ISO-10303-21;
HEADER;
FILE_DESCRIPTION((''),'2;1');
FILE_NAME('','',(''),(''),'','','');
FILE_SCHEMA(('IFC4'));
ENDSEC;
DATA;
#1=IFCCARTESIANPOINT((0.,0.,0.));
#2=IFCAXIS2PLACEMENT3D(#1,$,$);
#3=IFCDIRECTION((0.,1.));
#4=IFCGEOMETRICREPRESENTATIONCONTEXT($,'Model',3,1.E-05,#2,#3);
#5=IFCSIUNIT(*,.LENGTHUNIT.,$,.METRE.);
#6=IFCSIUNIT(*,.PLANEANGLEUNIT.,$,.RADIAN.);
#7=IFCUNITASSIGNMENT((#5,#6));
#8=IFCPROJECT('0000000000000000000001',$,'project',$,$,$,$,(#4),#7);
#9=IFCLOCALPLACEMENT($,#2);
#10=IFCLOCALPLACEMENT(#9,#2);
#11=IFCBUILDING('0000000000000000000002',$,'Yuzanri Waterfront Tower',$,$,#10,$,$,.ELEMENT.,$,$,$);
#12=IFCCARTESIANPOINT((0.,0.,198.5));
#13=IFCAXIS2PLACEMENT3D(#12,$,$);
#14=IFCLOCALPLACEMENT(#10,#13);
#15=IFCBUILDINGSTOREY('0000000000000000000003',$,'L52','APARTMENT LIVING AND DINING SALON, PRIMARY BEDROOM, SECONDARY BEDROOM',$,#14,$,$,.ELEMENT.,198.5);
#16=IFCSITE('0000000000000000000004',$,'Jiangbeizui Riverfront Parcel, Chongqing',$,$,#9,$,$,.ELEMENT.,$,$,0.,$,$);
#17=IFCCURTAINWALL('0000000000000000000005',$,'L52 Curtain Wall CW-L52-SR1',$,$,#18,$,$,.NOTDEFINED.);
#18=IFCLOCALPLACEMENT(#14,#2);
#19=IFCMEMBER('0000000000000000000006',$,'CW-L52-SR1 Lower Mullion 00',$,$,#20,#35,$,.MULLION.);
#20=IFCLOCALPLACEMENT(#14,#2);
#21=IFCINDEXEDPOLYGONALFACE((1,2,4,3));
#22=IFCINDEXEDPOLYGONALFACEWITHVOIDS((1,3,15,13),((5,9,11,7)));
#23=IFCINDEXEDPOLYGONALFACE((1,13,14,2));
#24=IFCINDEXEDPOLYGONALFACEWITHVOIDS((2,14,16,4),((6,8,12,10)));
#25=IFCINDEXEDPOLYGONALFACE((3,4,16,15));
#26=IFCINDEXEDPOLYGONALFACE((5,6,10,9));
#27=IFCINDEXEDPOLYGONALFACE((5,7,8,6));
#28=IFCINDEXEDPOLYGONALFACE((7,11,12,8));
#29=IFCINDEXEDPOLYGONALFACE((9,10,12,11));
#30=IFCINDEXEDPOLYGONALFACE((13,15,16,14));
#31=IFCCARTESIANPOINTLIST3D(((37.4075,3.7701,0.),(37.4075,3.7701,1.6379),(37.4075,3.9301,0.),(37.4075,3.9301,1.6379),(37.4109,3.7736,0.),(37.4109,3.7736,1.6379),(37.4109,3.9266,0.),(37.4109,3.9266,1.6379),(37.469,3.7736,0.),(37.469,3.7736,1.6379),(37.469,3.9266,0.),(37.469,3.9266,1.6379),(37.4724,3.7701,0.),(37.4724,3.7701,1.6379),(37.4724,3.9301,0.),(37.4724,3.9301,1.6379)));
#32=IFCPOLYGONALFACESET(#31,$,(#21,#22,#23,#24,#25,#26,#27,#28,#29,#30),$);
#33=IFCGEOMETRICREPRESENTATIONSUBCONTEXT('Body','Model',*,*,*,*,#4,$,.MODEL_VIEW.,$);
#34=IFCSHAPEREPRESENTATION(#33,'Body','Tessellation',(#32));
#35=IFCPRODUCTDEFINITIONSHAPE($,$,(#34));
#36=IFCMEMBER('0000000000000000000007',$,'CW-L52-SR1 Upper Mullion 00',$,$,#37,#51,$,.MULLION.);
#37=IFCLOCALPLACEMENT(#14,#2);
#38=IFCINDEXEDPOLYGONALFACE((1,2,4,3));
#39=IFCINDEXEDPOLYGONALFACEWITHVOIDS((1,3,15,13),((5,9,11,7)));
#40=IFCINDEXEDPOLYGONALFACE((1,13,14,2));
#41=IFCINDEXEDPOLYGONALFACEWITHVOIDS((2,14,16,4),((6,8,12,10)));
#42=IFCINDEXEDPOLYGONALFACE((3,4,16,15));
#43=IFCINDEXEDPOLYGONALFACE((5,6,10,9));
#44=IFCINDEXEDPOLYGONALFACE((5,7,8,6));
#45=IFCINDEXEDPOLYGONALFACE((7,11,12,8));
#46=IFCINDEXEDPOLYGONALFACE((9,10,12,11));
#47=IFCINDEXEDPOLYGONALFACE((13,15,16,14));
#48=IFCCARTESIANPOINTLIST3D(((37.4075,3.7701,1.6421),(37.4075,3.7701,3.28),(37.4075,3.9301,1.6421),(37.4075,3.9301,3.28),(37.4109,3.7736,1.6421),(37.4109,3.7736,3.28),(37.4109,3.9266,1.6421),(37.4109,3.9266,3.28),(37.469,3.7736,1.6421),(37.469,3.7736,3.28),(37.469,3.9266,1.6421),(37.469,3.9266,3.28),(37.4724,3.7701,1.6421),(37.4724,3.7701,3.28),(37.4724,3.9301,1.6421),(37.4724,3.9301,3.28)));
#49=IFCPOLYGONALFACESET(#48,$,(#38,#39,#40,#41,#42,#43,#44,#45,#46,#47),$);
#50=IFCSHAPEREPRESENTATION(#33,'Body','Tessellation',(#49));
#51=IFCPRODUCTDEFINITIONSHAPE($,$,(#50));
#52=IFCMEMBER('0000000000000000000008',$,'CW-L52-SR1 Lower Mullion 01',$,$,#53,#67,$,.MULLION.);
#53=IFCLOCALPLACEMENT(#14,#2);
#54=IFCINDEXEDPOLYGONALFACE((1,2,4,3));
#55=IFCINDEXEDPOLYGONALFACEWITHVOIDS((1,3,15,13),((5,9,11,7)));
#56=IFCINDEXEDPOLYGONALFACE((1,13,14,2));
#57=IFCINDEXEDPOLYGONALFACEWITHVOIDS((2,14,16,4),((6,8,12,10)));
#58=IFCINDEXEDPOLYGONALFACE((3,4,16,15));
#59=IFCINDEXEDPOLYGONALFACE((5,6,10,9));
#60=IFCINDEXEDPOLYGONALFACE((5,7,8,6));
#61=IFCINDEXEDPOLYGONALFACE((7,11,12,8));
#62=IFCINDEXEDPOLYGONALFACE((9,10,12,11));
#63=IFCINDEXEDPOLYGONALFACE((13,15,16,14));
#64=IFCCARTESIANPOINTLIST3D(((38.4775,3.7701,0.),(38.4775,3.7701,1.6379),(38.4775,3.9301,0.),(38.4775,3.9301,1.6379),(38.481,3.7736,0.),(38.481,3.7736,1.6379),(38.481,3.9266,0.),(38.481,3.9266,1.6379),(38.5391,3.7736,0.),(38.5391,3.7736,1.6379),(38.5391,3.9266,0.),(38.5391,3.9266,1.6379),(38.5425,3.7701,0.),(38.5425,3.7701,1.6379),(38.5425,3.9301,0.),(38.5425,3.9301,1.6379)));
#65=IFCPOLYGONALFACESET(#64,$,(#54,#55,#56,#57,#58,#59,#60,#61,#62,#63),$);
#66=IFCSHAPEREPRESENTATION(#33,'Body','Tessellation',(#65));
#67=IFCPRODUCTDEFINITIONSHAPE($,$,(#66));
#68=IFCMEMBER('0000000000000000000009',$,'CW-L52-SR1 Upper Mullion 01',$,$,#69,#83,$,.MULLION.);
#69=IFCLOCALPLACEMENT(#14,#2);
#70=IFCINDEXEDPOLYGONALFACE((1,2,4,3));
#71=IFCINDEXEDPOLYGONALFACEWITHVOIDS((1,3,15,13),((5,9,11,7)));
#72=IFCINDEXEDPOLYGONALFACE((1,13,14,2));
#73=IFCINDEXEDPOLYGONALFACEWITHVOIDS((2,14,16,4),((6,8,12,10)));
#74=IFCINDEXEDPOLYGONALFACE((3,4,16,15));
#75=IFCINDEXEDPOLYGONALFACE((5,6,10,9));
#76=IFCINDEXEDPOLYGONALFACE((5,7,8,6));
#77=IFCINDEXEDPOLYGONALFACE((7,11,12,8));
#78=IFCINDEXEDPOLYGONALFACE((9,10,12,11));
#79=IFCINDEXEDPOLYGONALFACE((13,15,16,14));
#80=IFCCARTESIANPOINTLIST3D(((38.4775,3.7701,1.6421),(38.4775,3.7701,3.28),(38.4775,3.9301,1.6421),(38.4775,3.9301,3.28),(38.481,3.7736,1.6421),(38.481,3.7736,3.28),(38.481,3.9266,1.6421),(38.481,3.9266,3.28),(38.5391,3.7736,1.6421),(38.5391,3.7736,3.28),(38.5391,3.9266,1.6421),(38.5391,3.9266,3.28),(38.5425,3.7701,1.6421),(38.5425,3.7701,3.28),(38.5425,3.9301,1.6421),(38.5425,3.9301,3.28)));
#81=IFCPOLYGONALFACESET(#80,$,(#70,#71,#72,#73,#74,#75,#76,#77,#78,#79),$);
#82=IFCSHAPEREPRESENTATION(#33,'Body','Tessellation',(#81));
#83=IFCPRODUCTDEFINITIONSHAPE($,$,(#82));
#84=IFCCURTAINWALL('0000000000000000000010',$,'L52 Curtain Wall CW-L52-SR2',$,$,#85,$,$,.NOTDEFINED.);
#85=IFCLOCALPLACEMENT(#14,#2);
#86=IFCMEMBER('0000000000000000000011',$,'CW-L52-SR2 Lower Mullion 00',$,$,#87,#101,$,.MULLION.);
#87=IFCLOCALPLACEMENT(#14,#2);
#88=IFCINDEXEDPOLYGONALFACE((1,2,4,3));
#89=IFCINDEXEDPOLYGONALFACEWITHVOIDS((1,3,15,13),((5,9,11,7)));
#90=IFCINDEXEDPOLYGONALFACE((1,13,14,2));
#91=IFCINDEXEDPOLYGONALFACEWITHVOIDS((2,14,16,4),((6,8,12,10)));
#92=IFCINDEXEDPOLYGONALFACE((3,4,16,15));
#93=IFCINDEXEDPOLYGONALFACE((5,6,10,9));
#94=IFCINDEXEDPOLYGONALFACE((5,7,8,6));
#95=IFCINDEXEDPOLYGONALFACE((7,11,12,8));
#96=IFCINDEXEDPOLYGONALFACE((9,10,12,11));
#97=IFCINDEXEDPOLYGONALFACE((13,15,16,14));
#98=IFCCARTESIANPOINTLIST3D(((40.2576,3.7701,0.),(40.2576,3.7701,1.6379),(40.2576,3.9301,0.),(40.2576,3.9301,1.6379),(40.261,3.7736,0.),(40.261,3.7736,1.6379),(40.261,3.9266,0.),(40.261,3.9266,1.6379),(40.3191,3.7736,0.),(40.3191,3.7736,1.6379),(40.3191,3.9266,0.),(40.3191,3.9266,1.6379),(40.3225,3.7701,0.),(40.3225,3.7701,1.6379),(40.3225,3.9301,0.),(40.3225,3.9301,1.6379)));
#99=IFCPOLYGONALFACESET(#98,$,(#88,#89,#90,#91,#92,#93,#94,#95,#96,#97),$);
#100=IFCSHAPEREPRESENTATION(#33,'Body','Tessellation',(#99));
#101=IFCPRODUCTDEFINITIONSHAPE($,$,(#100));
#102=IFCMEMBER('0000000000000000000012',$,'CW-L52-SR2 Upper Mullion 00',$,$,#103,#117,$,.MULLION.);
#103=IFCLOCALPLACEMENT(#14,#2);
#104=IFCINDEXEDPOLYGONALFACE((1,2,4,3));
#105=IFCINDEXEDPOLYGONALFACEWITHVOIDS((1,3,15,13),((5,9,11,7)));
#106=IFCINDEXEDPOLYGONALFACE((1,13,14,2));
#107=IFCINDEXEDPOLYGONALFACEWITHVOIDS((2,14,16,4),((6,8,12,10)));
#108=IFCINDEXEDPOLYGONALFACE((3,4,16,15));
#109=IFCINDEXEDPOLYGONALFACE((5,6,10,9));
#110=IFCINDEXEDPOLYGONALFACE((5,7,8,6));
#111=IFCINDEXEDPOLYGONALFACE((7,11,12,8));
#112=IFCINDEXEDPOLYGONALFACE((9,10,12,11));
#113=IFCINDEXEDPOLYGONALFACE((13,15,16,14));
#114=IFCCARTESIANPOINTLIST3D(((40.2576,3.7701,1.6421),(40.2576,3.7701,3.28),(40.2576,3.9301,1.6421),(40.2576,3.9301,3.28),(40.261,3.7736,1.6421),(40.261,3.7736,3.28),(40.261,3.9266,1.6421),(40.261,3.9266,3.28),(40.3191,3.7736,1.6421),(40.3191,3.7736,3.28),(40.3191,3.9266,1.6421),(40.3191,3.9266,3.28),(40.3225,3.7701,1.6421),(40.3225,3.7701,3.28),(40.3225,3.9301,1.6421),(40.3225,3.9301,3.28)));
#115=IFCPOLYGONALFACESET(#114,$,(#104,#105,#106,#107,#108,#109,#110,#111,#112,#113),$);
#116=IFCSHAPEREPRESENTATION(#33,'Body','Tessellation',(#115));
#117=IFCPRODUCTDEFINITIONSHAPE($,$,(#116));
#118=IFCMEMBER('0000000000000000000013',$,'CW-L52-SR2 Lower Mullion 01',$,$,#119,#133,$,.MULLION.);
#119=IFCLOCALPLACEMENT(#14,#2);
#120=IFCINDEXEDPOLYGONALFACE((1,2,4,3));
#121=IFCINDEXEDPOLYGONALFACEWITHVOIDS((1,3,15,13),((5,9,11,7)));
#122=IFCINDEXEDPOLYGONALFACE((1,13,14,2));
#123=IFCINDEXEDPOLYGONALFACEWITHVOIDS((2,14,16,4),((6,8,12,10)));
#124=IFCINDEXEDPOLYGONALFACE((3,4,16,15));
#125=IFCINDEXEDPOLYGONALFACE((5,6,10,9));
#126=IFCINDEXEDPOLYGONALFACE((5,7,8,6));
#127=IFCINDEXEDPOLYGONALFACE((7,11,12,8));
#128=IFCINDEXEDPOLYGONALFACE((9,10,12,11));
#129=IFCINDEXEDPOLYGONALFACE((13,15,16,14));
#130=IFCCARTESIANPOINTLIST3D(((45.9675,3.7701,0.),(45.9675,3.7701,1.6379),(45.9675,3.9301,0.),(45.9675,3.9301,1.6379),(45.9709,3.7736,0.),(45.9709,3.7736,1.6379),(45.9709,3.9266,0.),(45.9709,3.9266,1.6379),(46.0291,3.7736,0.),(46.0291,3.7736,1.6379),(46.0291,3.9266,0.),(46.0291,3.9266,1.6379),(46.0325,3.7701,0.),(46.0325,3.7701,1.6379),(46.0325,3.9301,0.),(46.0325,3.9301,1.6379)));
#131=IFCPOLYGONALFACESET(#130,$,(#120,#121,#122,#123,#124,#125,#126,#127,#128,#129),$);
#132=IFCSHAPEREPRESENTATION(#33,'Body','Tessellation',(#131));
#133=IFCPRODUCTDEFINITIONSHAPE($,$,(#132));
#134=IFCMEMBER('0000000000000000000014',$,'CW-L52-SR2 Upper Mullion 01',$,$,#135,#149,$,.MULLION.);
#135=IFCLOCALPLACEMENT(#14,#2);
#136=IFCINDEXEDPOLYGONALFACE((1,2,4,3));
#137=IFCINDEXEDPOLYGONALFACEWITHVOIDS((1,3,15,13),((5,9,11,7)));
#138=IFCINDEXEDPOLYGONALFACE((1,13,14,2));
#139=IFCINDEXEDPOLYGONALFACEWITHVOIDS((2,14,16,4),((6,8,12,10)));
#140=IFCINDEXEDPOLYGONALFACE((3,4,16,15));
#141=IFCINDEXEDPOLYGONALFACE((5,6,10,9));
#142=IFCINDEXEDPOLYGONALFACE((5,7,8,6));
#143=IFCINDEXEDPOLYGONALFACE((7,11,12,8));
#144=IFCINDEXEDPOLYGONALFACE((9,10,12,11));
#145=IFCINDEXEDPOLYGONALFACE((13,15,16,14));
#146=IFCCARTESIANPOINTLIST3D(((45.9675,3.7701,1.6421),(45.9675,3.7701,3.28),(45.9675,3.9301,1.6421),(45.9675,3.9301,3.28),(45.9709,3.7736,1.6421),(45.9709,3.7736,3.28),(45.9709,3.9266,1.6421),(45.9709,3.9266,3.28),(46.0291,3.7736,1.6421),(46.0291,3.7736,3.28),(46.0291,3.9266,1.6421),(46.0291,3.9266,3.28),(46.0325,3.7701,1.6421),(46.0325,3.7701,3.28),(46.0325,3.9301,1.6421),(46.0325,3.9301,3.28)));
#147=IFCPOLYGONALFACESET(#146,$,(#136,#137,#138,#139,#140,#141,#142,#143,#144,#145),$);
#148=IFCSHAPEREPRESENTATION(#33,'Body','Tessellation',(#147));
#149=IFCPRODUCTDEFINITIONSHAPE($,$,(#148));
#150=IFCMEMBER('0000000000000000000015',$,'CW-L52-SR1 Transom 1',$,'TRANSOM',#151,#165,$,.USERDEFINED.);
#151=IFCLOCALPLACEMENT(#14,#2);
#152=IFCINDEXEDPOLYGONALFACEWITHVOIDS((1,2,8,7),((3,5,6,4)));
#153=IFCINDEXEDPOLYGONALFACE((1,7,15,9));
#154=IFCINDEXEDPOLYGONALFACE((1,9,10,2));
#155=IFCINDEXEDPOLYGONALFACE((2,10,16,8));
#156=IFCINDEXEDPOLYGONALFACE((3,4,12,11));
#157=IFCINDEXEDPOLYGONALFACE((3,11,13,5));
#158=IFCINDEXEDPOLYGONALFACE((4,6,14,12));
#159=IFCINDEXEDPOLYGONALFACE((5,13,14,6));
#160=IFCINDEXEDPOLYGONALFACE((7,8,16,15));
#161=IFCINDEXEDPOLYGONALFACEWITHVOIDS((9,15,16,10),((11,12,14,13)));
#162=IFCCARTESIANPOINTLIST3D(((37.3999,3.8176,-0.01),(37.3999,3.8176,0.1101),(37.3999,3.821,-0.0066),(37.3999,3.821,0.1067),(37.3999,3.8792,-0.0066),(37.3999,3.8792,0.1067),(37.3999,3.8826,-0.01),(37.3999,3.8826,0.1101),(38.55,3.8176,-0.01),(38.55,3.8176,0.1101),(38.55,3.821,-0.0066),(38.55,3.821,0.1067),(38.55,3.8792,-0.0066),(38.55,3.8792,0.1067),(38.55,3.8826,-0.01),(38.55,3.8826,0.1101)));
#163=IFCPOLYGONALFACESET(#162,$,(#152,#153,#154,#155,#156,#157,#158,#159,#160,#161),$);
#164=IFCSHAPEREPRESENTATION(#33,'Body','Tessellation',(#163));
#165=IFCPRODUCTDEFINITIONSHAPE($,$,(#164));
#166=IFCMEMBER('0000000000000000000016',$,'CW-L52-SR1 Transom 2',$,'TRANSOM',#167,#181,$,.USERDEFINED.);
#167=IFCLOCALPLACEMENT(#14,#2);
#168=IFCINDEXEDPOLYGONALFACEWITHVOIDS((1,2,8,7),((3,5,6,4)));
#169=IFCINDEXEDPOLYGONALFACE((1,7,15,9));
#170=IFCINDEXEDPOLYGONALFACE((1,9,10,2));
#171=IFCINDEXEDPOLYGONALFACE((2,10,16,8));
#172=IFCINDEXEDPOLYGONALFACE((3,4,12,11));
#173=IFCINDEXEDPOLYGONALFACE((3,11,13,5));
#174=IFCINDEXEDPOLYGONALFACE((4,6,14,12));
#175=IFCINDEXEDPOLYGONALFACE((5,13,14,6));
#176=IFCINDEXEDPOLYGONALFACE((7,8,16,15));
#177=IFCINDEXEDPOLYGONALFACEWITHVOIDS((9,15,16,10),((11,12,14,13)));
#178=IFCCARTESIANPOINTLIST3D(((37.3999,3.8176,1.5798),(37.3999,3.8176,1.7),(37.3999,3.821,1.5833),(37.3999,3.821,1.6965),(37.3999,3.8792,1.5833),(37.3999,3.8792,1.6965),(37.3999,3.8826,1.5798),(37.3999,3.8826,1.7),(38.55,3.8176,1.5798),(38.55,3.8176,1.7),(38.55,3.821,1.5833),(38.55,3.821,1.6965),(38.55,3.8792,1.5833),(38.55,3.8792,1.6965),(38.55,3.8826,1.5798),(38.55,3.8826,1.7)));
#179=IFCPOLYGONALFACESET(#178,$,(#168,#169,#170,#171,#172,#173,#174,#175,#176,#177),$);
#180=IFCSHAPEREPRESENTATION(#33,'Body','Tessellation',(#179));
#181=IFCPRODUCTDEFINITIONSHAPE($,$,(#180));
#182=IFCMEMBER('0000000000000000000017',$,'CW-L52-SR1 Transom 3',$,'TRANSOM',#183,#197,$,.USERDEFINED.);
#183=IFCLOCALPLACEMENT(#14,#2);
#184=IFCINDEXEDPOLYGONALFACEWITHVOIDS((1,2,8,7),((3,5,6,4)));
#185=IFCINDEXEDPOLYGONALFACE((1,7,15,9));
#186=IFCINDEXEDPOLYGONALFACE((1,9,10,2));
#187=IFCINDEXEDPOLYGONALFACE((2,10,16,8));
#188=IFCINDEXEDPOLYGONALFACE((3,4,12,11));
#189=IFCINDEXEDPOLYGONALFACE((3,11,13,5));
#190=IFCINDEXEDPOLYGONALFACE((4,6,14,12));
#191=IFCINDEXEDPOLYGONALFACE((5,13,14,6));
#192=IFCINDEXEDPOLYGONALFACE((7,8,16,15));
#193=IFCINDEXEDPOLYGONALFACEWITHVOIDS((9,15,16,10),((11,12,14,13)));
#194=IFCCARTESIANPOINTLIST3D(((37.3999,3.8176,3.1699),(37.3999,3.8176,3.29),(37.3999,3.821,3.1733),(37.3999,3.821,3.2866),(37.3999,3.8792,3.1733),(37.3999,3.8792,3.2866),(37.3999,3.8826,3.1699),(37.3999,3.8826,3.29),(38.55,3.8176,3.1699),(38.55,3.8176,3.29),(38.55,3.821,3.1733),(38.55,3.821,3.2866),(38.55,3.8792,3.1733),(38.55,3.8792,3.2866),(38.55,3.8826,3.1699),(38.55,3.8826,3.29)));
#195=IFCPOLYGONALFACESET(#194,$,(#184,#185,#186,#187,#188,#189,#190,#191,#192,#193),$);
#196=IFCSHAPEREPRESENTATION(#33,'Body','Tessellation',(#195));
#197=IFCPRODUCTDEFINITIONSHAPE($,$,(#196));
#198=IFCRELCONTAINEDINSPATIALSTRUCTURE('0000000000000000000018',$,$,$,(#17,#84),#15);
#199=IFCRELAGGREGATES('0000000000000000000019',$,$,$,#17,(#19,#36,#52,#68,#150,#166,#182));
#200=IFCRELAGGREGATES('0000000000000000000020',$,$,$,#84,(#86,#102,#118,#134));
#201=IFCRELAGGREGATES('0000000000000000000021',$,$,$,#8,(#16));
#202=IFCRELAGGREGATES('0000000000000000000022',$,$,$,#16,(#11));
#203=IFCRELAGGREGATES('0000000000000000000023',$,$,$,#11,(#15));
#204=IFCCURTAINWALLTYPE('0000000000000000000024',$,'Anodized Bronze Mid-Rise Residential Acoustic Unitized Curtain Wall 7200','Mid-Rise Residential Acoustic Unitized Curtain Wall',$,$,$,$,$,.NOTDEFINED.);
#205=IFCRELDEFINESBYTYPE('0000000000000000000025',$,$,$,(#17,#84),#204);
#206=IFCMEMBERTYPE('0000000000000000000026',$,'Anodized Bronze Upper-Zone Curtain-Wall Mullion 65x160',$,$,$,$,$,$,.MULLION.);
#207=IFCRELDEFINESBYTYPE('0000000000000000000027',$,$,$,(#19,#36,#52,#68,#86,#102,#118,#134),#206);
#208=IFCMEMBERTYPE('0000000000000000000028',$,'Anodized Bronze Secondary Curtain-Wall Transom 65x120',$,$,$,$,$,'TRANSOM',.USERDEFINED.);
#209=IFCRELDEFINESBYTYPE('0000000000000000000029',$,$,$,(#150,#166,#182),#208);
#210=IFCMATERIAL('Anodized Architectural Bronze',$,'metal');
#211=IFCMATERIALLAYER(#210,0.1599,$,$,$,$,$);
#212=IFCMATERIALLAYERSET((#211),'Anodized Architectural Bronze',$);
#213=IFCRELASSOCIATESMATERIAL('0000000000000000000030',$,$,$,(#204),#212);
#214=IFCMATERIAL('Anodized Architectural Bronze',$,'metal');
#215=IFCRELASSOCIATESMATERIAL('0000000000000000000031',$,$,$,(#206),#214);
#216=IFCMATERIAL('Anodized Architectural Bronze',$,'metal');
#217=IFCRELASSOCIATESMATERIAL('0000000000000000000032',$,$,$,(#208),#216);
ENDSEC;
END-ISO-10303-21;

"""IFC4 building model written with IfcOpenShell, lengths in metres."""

from ifc_helpers import new_model, si_unit, direction, frame, origin, origin_2d, place, context, subcontext, project, spatial, hollow_rectangle, extrude, source, transform, mapped, material, layer, layer_set, material_profile, profile_set, type_object, element, aggregate, save


model = new_model("IFC4")

# Units and contexts
model_context = context("Model", 3, precision=1e-05, world=origin(), true_north=direction((0.0, 1.0)))
body_context = subcontext(model_context, "Body", "Model", "MODEL_VIEW")
ifc_project = project(units=[si_unit("LENGTHUNIT", "METRE"), si_unit("PLANEANGLEUNIT", "RADIAN")], contexts=[model_context])

# Site, building, storey
site_placement = place(None, origin())
site = spatial("IfcSite", under=ifc_project, at=site_placement, Name="Jiangbeizui Riverfront Parcel, Chongqing", CompositionType="ELEMENT", RefElevation=0.0)
building_placement = place(site_placement, origin())
building = spatial("IfcBuilding", under=site, at=building_placement, Name="Yuzanri Waterfront Tower", CompositionType="ELEMENT")
storey_placement = place(building_placement, frame((0.0, 0.0, 198.5)))
storey = spatial("IfcBuildingStorey", under=building, at=storey_placement, Name="L52", Description="APARTMENT LIVING AND DINING SALON, PRIMARY BEDROOM, SECONDARY BEDROOM", CompositionType="ELEMENT", Elevation=198.5)

# Curtain walls, members
ifc_material_1 = material(Name="Anodized Architectural Bronze", Category="metal")
ifc_layer_1 = layer(ifc_material_1, 0.1599)
ifc_layer_set_1 = layer_set([ifc_layer_1], Name="Anodized Architectural Bronze")
curtain_wall_type = type_object("IfcCurtainWallType", Name="Anodized Bronze Mid-Rise Residential Acoustic Unitized Curtain Wall 7200", Description="Mid-Rise Residential Acoustic Unitized Curtain Wall", PredefinedType="NOTDEFINED", material=ifc_layer_set_1)
curtain_wall_1_placement = place(storey_placement, origin())
curtain_wall_1 = element("IfcCurtainWall", 1, at=curtain_wall_1_placement, inside=storey, type_object=curtain_wall_type, Name="L52 Curtain Wall CW-L52-SR1", PredefinedType="NOTDEFINED")
ifc_material_2 = material(Name="Anodized Architectural Bronze", Category="metal")
ifc_material_profile_1 = material_profile(ifc_material_2, hollow_rectangle(XDim=0.0649, YDim=0.1599, WallThickness=0.0034, at=origin_2d()), Name="CWM 65x160")
ifc_profile_set_1 = profile_set([ifc_material_profile_1], Name="Anodized Architectural Bronze")
member_type_1 = type_object("IfcMemberType", Name="Anodized Bronze Upper-Zone Curtain-Wall Mullion 65x160", PredefinedType="MULLION", material=ifc_profile_set_1)
shared_shape_1 = source(origin(), body_context, "Body", "SweptSolid", [
    extrude(hollow_rectangle(XDim=0.0649, YDim=0.1599, WallThickness=0.0034, at=origin_2d()), origin(), (0.0, 0.0, 1.0), 1.6379),
])
member_1_placement = place(storey_placement, frame((37.4399, 3.8501, 0.0), z_axis=(0.0, 0.0, 1.0), x_axis=(1.0, 0.0, 0.0)))
member_1 = element("IfcMember", 2, at=member_1_placement, type_object=member_type_1, Name="CW-L52-SR1 Lower Mullion 00", PredefinedType="MULLION", context=body_context, shape_type="MappedRepresentation", body=[
    mapped(shared_shape_1, transform((0.0, 0.0, 0.0), scale=1.0)),
])
member_2_placement = place(storey_placement, frame((37.4399, 3.8501, 1.6421), z_axis=(0.0, 0.0, 1.0), x_axis=(1.0, 0.0, 0.0)))
member_2 = element("IfcMember", 3, at=member_2_placement, type_object=member_type_1, Name="CW-L52-SR1 Upper Mullion 00", PredefinedType="MULLION", context=body_context, shape_type="MappedRepresentation", body=[
    mapped(shared_shape_1, transform((0.0, 0.0, 0.0), scale=1.0)),
])
member_3_placement = place(storey_placement, frame((38.51, 3.8501, 0.0), z_axis=(0.0, 0.0, 1.0), x_axis=(1.0, 0.0, 0.0)))
member_3 = element("IfcMember", 4, at=member_3_placement, type_object=member_type_1, Name="CW-L52-SR1 Lower Mullion 01", PredefinedType="MULLION", context=body_context, shape_type="MappedRepresentation", body=[
    mapped(shared_shape_1, transform((0.0, 0.0, 0.0), scale=1.0)),
])
member_4_placement = place(storey_placement, frame((38.51, 3.8501, 1.6421), z_axis=(0.0, 0.0, 1.0), x_axis=(1.0, 0.0, 0.0)))
member_4 = element("IfcMember", 5, at=member_4_placement, type_object=member_type_1, Name="CW-L52-SR1 Upper Mullion 01", PredefinedType="MULLION", context=body_context, shape_type="MappedRepresentation", body=[
    mapped(shared_shape_1, transform((0.0, 0.0, 0.0), scale=1.0)),
])
curtain_wall_2_placement = place(storey_placement, origin())
curtain_wall_2 = element("IfcCurtainWall", 6, at=curtain_wall_2_placement, inside=storey, type_object=curtain_wall_type, Name="L52 Curtain Wall CW-L52-SR2", PredefinedType="NOTDEFINED")
member_5_placement = place(storey_placement, frame((40.29, 3.8501, 0.0), z_axis=(0.0, 0.0, 1.0), x_axis=(1.0, 0.0, 0.0)))
member_5 = element("IfcMember", 7, at=member_5_placement, type_object=member_type_1, Name="CW-L52-SR2 Lower Mullion 00", PredefinedType="MULLION", context=body_context, shape_type="MappedRepresentation", body=[
    mapped(shared_shape_1, transform((0.0, 0.0, 0.0), scale=1.0)),
])
member_6_placement = place(storey_placement, frame((40.29, 3.8501, 1.6421), z_axis=(0.0, 0.0, 1.0), x_axis=(1.0, 0.0, 0.0)))
member_6 = element("IfcMember", 8, at=member_6_placement, type_object=member_type_1, Name="CW-L52-SR2 Upper Mullion 00", PredefinedType="MULLION", context=body_context, shape_type="MappedRepresentation", body=[
    mapped(shared_shape_1, transform((0.0, 0.0, 0.0), scale=1.0)),
])
member_7_placement = place(storey_placement, frame((46.0, 3.8501, 0.0), z_axis=(0.0, 0.0, 1.0), x_axis=(1.0, 0.0, 0.0)))
member_7 = element("IfcMember", 9, at=member_7_placement, type_object=member_type_1, Name="CW-L52-SR2 Lower Mullion 01", PredefinedType="MULLION", context=body_context, shape_type="MappedRepresentation", body=[
    mapped(shared_shape_1, transform((0.0, 0.0, 0.0), scale=1.0)),
])
member_8_placement = place(storey_placement, frame((46.0, 3.8501, 1.6421), z_axis=(0.0, 0.0, 1.0), x_axis=(1.0, 0.0, 0.0)))
member_8 = element("IfcMember", 10, at=member_8_placement, type_object=member_type_1, Name="CW-L52-SR2 Upper Mullion 01", PredefinedType="MULLION", context=body_context, shape_type="MappedRepresentation", body=[
    mapped(shared_shape_1, transform((0.0, 0.0, 0.0), scale=1.0)),
])

# Members
ifc_material_3 = material(Name="Anodized Architectural Bronze", Category="metal")
ifc_material_profile_2 = material_profile(ifc_material_3, hollow_rectangle(XDim=0.0649, YDim=0.1201, WallThickness=0.0034, at=origin_2d()), Name="CWT 65x120")
ifc_profile_set_2 = profile_set([ifc_material_profile_2], Name="Anodized Architectural Bronze")
member_type_2 = type_object("IfcMemberType", Name="Anodized Bronze Secondary Curtain-Wall Transom 65x120", ElementType="TRANSOM", PredefinedType="USERDEFINED", material=ifc_profile_set_2)
shared_shape_2 = source(origin(), body_context, "Body", "SweptSolid", [
    extrude(hollow_rectangle(XDim=0.0649, YDim=0.1201, WallThickness=0.0034, at=origin_2d()), origin(), (0.0, 0.0, 1.0), 1.1501),
])
member_9_placement = place(storey_placement, frame((37.3999, 3.8501, 0.05), z_axis=(1.0, 0.0, 0.0), x_axis=(0.0, 1.0, 0.0)))
member_9 = element("IfcMember", 11, at=member_9_placement, type_object=member_type_2, Name="CW-L52-SR1 Transom 1", ObjectType="TRANSOM", PredefinedType="USERDEFINED", context=body_context, shape_type="MappedRepresentation", body=[
    mapped(shared_shape_2, transform((0.0, 0.0, 0.0), scale=1.0)),
])
member_10_placement = place(storey_placement, frame((37.3999, 3.8501, 1.6399), z_axis=(1.0, 0.0, 0.0), x_axis=(0.0, 1.0, 0.0)))
member_10 = element("IfcMember", 12, at=member_10_placement, type_object=member_type_2, Name="CW-L52-SR1 Transom 2", ObjectType="TRANSOM", PredefinedType="USERDEFINED", context=body_context, shape_type="MappedRepresentation", body=[
    mapped(shared_shape_2, transform((0.0, 0.0, 0.0), scale=1.0)),
])
member_11_placement = place(storey_placement, frame((37.3999, 3.8501, 3.23), z_axis=(1.0, 0.0, 0.0), x_axis=(0.0, 1.0, 0.0)))
member_11 = element("IfcMember", 13, at=member_11_placement, type_object=member_type_2, Name="CW-L52-SR1 Transom 3", ObjectType="TRANSOM", PredefinedType="USERDEFINED", context=body_context, shape_type="MappedRepresentation", body=[
    mapped(shared_shape_2, transform((0.0, 0.0, 0.0), scale=1.0)),
])

aggregate(curtain_wall_1, [member_1, member_2, member_3, member_4, member_9, member_10, member_11])
aggregate(curtain_wall_2, [member_5, member_6, member_7, member_8])

save(model, "model.ifc")
